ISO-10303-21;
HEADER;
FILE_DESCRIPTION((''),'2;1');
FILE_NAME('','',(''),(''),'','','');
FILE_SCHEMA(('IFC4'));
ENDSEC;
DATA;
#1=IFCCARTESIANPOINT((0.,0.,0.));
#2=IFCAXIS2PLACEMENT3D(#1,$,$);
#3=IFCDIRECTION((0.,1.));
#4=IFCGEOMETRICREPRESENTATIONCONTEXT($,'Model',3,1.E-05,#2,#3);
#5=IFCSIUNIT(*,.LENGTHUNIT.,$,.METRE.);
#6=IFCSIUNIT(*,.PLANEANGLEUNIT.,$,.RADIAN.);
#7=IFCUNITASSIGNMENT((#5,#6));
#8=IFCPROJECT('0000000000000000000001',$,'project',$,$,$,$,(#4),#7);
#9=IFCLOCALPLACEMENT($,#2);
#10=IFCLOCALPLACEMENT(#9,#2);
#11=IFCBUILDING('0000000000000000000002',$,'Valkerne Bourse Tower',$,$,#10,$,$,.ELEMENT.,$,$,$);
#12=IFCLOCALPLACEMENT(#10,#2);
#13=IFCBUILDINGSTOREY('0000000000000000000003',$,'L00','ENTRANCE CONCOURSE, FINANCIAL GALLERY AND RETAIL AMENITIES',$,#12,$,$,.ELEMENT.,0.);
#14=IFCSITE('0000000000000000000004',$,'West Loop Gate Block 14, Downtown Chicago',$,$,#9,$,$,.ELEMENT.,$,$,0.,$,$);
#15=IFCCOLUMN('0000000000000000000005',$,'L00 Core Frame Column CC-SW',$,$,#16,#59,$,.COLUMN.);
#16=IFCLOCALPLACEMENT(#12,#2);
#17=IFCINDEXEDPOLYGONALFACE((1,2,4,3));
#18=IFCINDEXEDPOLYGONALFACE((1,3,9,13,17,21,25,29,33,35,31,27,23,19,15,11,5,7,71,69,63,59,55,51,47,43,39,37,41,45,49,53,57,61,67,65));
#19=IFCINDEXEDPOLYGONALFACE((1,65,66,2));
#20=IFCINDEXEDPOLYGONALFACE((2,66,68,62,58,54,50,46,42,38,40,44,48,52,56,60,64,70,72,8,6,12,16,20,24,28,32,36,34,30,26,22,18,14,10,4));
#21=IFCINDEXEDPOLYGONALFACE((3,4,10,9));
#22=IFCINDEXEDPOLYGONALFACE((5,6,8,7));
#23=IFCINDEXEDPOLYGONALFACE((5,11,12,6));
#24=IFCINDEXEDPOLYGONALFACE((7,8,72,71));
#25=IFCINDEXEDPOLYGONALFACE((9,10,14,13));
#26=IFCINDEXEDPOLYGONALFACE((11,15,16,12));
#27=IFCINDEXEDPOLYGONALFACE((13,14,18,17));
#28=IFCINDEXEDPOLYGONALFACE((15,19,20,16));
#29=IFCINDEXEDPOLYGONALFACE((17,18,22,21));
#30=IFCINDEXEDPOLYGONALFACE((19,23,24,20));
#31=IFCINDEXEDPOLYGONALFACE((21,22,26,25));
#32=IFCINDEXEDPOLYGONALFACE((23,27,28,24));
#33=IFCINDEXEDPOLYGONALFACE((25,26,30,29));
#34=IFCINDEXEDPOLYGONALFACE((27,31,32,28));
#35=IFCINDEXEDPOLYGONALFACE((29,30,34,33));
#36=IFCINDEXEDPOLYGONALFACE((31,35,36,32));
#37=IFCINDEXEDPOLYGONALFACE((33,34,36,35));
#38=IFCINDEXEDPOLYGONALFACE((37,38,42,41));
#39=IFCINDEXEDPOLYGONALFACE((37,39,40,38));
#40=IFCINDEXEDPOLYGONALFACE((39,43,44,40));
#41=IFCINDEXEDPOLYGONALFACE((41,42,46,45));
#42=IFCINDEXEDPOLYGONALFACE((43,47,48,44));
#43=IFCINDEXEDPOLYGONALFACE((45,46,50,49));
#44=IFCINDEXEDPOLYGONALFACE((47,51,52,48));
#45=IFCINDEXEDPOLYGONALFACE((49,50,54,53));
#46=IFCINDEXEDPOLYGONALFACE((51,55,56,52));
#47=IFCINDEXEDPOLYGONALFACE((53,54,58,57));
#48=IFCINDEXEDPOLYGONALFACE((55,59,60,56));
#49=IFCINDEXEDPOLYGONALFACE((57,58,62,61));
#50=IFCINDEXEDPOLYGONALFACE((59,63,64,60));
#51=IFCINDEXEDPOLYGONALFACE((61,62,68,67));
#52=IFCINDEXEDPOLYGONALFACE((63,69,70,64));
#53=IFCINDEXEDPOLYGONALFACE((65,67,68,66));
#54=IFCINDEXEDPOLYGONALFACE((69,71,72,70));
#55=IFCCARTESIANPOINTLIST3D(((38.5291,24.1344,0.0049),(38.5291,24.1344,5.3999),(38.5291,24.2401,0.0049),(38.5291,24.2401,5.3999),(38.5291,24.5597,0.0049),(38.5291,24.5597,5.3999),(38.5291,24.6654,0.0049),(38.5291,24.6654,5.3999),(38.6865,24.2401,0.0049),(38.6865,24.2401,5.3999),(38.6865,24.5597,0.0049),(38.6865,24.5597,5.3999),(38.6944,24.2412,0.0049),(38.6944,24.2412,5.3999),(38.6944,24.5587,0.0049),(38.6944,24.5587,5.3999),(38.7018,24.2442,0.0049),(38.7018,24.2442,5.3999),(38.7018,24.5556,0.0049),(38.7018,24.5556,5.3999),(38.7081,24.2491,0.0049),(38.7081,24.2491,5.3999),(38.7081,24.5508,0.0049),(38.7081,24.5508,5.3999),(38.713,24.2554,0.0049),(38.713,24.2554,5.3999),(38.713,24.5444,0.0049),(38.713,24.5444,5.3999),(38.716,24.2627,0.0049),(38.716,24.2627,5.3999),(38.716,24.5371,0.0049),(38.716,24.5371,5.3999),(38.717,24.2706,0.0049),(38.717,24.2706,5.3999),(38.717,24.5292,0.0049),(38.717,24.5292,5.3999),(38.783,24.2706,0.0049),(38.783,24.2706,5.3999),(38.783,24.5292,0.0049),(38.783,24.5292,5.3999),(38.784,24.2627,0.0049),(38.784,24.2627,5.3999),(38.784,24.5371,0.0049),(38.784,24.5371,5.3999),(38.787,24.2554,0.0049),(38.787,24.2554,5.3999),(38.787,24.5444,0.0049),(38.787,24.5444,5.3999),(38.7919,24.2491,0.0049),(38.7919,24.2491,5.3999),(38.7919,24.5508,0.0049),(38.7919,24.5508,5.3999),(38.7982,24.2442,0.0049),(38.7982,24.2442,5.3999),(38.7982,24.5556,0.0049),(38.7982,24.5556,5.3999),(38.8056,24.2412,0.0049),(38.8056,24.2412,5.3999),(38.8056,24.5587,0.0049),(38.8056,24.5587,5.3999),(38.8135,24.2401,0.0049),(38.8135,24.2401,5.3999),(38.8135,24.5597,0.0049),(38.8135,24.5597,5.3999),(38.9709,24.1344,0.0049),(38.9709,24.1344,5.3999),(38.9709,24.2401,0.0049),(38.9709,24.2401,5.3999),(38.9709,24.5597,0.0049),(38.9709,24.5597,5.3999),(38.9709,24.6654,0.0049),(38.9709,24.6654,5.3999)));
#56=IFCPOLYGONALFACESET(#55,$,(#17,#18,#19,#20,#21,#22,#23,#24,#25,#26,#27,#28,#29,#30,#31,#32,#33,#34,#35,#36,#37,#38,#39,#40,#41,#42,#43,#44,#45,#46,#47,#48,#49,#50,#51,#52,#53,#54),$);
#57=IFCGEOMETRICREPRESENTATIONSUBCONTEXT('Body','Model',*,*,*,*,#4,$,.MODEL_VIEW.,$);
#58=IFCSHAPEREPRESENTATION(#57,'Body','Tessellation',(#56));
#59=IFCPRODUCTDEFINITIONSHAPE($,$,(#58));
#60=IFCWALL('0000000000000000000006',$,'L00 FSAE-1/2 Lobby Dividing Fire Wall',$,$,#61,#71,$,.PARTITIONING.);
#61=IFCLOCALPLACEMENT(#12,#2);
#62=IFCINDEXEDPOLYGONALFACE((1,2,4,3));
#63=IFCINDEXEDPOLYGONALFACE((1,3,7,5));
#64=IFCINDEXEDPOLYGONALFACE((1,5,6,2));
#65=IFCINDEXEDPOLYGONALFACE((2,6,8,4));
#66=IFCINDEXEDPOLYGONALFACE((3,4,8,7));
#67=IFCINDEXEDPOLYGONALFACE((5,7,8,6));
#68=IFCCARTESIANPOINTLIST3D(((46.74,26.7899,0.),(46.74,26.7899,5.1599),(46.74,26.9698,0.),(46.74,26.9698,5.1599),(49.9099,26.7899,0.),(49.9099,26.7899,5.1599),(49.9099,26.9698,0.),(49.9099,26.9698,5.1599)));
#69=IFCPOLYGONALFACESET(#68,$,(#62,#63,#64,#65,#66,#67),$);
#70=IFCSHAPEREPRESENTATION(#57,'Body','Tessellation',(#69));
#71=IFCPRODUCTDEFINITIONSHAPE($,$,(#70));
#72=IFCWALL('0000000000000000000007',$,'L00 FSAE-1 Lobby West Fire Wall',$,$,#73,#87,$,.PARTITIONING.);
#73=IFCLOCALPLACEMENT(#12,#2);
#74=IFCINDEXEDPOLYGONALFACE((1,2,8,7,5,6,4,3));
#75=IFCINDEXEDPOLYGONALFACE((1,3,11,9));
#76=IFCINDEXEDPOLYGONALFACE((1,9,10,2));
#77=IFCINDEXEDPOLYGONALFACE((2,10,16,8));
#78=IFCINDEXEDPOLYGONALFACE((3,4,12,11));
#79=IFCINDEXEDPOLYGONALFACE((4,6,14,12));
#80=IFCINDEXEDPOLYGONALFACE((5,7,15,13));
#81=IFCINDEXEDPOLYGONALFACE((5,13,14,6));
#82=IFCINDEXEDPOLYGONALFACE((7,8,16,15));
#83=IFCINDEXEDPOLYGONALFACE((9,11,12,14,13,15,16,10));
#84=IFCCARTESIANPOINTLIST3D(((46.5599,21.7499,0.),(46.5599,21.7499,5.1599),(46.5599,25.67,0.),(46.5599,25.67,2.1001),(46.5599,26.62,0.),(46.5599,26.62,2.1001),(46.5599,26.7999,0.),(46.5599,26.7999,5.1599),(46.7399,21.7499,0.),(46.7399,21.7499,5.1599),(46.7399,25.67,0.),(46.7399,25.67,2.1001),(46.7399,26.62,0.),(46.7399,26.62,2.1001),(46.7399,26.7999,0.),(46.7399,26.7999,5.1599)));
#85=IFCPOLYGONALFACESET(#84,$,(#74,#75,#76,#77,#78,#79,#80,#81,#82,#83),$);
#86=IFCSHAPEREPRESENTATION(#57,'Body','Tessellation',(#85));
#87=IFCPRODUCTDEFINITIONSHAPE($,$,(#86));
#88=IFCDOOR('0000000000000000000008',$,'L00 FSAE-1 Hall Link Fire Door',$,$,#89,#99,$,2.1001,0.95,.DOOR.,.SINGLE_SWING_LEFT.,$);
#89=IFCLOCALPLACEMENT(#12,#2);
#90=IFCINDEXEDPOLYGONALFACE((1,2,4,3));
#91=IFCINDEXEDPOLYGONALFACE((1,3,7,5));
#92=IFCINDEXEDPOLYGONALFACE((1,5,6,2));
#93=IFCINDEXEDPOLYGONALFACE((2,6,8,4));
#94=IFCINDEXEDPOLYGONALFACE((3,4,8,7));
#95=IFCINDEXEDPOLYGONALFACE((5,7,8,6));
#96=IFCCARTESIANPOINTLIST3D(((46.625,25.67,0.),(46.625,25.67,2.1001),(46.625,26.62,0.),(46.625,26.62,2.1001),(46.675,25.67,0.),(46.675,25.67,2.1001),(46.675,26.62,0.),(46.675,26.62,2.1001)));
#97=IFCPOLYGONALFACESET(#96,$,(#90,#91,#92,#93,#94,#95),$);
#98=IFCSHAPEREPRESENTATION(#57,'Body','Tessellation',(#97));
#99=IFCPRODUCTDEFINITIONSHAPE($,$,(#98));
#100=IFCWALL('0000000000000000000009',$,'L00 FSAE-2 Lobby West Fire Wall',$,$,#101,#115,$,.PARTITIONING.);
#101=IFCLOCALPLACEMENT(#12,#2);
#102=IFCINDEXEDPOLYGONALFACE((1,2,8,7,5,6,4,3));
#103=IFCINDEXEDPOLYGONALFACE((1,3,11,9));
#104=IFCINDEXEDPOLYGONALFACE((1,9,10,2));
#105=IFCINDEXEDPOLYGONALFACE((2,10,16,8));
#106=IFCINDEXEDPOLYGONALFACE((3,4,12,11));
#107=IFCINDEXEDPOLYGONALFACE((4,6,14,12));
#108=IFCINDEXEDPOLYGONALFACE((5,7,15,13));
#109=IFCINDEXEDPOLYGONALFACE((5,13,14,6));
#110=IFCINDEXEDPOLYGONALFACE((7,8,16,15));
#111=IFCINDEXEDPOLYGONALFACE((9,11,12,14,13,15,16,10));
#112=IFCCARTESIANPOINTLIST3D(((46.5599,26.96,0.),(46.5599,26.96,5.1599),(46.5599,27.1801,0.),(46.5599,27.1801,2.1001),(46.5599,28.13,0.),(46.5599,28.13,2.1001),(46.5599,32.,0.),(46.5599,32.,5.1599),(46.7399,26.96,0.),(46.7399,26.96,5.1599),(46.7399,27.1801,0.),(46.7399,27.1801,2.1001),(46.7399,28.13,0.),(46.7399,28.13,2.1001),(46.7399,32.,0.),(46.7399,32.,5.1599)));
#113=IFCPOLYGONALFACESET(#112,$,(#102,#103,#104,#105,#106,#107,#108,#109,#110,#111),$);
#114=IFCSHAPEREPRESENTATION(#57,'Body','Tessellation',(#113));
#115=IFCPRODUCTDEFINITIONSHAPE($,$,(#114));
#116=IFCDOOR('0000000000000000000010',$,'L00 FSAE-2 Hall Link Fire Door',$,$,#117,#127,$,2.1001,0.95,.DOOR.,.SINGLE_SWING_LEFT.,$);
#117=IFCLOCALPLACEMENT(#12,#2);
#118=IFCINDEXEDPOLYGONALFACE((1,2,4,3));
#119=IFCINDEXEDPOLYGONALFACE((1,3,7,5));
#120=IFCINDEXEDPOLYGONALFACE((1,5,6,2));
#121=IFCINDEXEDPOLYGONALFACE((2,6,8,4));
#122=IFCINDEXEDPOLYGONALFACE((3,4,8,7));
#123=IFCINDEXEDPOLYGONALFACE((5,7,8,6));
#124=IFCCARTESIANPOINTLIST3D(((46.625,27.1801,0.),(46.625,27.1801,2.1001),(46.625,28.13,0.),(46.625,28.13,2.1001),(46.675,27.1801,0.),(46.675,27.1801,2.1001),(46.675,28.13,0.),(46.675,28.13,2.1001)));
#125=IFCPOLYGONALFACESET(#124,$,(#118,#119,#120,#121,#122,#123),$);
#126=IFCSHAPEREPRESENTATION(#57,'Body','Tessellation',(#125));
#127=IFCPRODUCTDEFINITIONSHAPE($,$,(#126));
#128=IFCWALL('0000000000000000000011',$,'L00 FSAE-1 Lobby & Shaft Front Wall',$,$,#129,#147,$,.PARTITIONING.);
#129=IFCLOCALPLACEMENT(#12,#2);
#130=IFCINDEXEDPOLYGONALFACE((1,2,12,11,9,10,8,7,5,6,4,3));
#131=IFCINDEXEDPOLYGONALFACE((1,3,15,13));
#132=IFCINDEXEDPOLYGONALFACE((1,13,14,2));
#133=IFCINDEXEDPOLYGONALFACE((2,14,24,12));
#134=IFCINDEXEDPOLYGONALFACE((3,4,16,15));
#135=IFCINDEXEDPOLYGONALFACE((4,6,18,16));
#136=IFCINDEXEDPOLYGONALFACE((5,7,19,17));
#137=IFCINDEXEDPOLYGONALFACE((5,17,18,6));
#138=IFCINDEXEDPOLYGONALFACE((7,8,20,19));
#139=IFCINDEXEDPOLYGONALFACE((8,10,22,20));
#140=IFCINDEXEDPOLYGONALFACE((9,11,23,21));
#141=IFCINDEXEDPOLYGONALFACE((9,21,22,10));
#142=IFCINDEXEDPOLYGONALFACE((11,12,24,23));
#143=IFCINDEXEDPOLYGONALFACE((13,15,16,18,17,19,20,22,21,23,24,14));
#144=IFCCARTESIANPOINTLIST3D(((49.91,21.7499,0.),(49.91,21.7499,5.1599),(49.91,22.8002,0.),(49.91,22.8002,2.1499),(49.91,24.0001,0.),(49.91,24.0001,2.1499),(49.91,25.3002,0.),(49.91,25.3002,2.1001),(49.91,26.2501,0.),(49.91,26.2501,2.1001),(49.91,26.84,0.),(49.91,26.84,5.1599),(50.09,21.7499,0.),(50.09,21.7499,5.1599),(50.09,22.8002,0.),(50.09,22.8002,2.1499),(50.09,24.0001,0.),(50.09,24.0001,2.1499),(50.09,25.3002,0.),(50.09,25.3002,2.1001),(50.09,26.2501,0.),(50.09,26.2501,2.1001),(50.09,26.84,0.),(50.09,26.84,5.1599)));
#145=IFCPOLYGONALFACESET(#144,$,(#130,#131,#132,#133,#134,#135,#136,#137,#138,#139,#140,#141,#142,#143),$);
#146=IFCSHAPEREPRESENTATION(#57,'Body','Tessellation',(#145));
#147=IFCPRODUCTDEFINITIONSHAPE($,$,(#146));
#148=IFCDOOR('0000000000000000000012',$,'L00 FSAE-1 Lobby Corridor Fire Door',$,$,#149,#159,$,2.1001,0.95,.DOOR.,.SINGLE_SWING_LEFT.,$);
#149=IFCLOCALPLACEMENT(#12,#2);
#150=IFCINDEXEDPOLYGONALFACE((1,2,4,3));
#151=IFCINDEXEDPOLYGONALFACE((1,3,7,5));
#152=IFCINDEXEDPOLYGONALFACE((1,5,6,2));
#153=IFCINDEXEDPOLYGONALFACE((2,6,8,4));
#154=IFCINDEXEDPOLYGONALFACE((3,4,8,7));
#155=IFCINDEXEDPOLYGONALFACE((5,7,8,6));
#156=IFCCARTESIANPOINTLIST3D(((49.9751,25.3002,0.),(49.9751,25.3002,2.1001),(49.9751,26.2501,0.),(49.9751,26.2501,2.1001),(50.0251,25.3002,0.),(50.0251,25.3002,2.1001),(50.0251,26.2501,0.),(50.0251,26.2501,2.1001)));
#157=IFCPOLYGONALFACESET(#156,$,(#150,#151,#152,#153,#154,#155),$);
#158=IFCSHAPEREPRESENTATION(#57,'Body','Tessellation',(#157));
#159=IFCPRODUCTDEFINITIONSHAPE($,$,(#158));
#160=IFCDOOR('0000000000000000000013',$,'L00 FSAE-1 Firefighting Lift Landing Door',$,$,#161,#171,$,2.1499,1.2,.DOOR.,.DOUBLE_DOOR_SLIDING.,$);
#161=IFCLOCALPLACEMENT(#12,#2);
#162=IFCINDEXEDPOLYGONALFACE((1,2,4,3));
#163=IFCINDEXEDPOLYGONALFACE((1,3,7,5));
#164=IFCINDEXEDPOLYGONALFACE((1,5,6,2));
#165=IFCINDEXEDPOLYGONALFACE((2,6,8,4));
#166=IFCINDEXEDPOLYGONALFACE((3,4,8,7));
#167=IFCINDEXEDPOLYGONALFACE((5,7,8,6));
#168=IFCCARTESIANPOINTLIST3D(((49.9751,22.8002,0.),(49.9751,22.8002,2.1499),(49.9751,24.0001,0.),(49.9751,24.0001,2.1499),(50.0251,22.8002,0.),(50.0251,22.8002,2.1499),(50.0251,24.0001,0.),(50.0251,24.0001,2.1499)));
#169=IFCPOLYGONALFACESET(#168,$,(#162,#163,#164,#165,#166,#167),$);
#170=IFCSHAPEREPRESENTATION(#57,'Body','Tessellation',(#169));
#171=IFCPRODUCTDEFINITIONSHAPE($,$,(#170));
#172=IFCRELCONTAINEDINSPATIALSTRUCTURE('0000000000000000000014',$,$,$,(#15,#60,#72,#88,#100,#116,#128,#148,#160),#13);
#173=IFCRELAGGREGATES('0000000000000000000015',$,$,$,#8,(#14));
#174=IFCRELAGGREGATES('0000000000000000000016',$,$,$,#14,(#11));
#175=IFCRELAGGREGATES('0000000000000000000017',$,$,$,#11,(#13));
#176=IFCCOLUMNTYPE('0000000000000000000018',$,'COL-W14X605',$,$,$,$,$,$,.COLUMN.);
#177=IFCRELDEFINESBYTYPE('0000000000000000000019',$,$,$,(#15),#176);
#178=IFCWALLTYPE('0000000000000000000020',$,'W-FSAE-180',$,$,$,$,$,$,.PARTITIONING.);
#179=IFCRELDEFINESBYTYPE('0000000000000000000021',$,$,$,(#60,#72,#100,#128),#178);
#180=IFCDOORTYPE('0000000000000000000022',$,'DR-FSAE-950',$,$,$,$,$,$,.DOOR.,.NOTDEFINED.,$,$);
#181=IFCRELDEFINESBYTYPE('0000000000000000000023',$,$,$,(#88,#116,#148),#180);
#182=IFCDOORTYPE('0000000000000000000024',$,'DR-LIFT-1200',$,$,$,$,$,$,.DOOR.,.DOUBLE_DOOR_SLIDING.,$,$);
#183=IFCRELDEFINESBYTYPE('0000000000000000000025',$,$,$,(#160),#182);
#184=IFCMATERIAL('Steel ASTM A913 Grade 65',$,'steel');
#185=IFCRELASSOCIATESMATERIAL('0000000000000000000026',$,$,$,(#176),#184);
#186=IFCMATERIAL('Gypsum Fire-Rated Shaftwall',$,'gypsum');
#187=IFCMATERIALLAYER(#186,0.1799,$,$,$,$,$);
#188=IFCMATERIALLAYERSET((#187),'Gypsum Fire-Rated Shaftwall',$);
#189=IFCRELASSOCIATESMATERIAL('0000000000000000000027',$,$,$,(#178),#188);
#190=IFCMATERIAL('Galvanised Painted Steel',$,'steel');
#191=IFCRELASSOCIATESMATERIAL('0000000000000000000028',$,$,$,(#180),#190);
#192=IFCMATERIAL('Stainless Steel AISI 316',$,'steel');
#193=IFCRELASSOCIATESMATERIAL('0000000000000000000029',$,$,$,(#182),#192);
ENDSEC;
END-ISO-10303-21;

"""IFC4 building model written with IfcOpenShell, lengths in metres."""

from ifc_helpers import new_model, si_unit, direction, frame, frame_2d, origin, origin_2d, place, context, subcontext, project, spatial, rectangle, i_section, extrude, material, layer, layer_set, material_profile, profile_set, type_object, element, fill, save


model = new_model("IFC4")

# Units and contexts
model_context = context("Model", 3, precision=1e-05, world=origin(), true_north=direction((0.0, 1.0)))
body_context = subcontext(model_context, "Body", "Model", "MODEL_VIEW")
ifc_project = project(units=[si_unit("LENGTHUNIT", "METRE"), si_unit("PLANEANGLEUNIT", "RADIAN")], contexts=[model_context])

# Site, building, storey
site_placement = place(None, origin())
site = spatial("IfcSite", under=ifc_project, at=site_placement, Name="West Loop Gate Block 14, Downtown Chicago", CompositionType="ELEMENT", RefElevation=0.0)
building_placement = place(site_placement, origin())
building = spatial("IfcBuilding", under=site, at=building_placement, Name="Valkerne Bourse Tower", CompositionType="ELEMENT")
storey_placement = place(building_placement, origin())
storey = spatial("IfcBuildingStorey", under=building, at=storey_placement, Name="L00", Description="ENTRANCE CONCOURSE, FINANCIAL GALLERY AND RETAIL AMENITIES", CompositionType="ELEMENT", Elevation=0.0)

# Column
ifc_material_1 = material(Name="Steel ASTM A913 Grade 65", Category="steel")
ifc_material_profile = material_profile(ifc_material_1, i_section(OverallWidth=0.4419, OverallDepth=0.531, WebThickness=0.0659, FlangeThickness=0.1057, FilletRadius=0.0305, at=origin_2d()), Name="W14X605")
ifc_profile_set = profile_set([ifc_material_profile], Name="Steel ASTM A913 Grade 65")
column_type = type_object("IfcColumnType", Name="COL-W14X605", PredefinedType="COLUMN", material=ifc_profile_set)
column_placement = place(storey_placement, frame((38.75, 24.3999, 0.0049), z_axis=(0.0, 0.0, 1.0), x_axis=(1.0, 0.0, 0.0)))
element("IfcColumn", 1, at=column_placement, inside=storey, type_object=column_type, Name="L00 Core Frame Column CC-SW", PredefinedType="COLUMN", context=body_context, shape_type="SweptSolid", body=[
    extrude(i_section(OverallWidth=0.4419, OverallDepth=0.531, WebThickness=0.0659, FlangeThickness=0.1057, FilletRadius=0.0305, at=origin_2d()), origin(), (0.0, 0.0, 1.0), 5.395),
])

# Wall
ifc_material_2 = material(Name="Gypsum Fire-Rated Shaftwall", Category="gypsum")
ifc_layer_1 = layer(ifc_material_2, 0.1799)
ifc_layer_set_1 = layer_set([ifc_layer_1], Name="Gypsum Fire-Rated Shaftwall")
wall_type_1 = type_object("IfcWallType", Name="W-FSAE-180", PredefinedType="PARTITIONING", material=ifc_layer_set_1)
wall_1_placement = place(storey_placement, frame((46.74, 26.8799, 0.0), z_axis=(0.0, 0.0, 1.0), x_axis=(1.0, 0.0, 0.0)))
element("IfcWall", 2, at=wall_1_placement, inside=storey, type_object=wall_type_1, Name="L00 FSAE-1/2 Lobby Dividing Fire Wall", PredefinedType="PARTITIONING", context=body_context, shape_type="SweptSolid", body=[
    extrude(rectangle(XDim=3.1699, YDim=0.1799, at=frame_2d((1.585, 0.0))), origin(), (0.0, 0.0, 1.0), 5.1599),
])

# Walls, openings, doors
wall_2_placement = place(storey_placement, frame((46.6499, 21.75, 0.0), z_axis=(0.0, 0.0, 1.0), x_axis=(0.0, 1.0, 0.0)))
wall_2 = element("IfcWall", 3, at=wall_2_placement, inside=storey, type_object=wall_type_1, Name="L00 FSAE-1 Lobby West Fire Wall", PredefinedType="PARTITIONING", context=body_context, shape_type="SweptSolid", body=[
    extrude(rectangle(XDim=5.05, YDim=0.1799, at=frame_2d((2.5249, 0.0))), origin(), (0.0, 0.0, 1.0), 5.1599),
])
opening_1_placement = place(wall_2_placement, frame((3.9199, 0.0, 0.0)))
opening_1 = element("IfcOpeningElement", 4, at=opening_1_placement, cuts=wall_2, PredefinedType="OPENING", context=body_context, shape_type="SweptSolid", body=[
    extrude(rectangle(XDim=0.95, YDim=2.1001, at=frame_2d((0.4751, 1.05))), frame((0.0, 0.0999, 0.0), z_axis=(0.0, -1.0, 0.0), x_axis=(1.0, 0.0, 0.0)), (0.0, 0.0, 1.0), 0.2),
])
ifc_material_3 = material(Name="Galvanised Painted Steel", Category="steel")
door_type_1 = type_object("IfcDoorType", Name="DR-FSAE-950", OperationType="NOTDEFINED", PredefinedType="DOOR", material=ifc_material_3)
door_1_placement = place(opening_1_placement, origin())
door_1 = element("IfcDoor", 5, at=door_1_placement, inside=storey, type_object=door_type_1, Name="L00 FSAE-1 Hall Link Fire Door", OperationType="SINGLE_SWING_LEFT", OverallHeight=2.1001, OverallWidth=0.95, PredefinedType="DOOR", context=body_context, shape_type="SweptSolid", body=[
    extrude(rectangle(XDim=0.95, YDim=2.1001, at=frame_2d((0.4751, 1.05))), frame((0.0, 0.0249, 0.0), z_axis=(0.0, -1.0, 0.0), x_axis=(1.0, 0.0, 0.0)), (0.0, 0.0, 1.0), 0.05),
])
fill(opening_1, door_1)
wall_3_placement = place(storey_placement, frame((46.6499, 26.96, 0.0), z_axis=(0.0, 0.0, 1.0), x_axis=(0.0, 1.0, 0.0)))
wall_3 = element("IfcWall", 6, at=wall_3_placement, inside=storey, type_object=wall_type_1, Name="L00 FSAE-2 Lobby West Fire Wall", PredefinedType="PARTITIONING", context=body_context, shape_type="SweptSolid", body=[
    extrude(rectangle(XDim=5.04, YDim=0.1799, at=frame_2d((2.52, 0.0))), origin(), (0.0, 0.0, 1.0), 5.1599),
])
opening_2_placement = place(wall_3_placement, frame((0.22, 0.0, 0.0)))
opening_2 = element("IfcOpeningElement", 7, at=opening_2_placement, cuts=wall_3, PredefinedType="OPENING", context=body_context, shape_type="SweptSolid", body=[
    extrude(rectangle(XDim=0.95, YDim=2.1001, at=frame_2d((0.4751, 1.05))), frame((0.0, 0.0999, 0.0), z_axis=(0.0, -1.0, 0.0), x_axis=(1.0, 0.0, 0.0)), (0.0, 0.0, 1.0), 0.2),
])
door_2_placement = place(opening_2_placement, origin())
door_2 = element("IfcDoor", 8, at=door_2_placement, inside=storey, type_object=door_type_1, Name="L00 FSAE-2 Hall Link Fire Door", OperationType="SINGLE_SWING_LEFT", OverallHeight=2.1001, OverallWidth=0.95, PredefinedType="DOOR", context=body_context, shape_type="SweptSolid", body=[
    extrude(rectangle(XDim=0.95, YDim=2.1001, at=frame_2d((0.4751, 1.05))), frame((0.0, 0.0249, 0.0), z_axis=(0.0, -1.0, 0.0), x_axis=(1.0, 0.0, 0.0)), (0.0, 0.0, 1.0), 0.05),
])
fill(opening_2, door_2)

# Wall, openings, doors
wall_4_placement = place(storey_placement, frame((50.0, 21.75, 0.0), z_axis=(0.0, 0.0, 1.0), x_axis=(0.0, 1.0, 0.0)))
wall_4 = element("IfcWall", 9, at=wall_4_placement, inside=storey, type_object=wall_type_1, Name="L00 FSAE-1 Lobby & Shaft Front Wall", PredefinedType="PARTITIONING", context=body_context, shape_type="SweptSolid", body=[
    extrude(rectangle(XDim=5.0901, YDim=0.1799, at=frame_2d((2.5449, 0.0))), origin(), (0.0, 0.0, 1.0), 5.1599),
])
opening_3_placement = place(wall_4_placement, frame((1.05, 0.0, 0.0)))
opening_3 = element("IfcOpeningElement", 10, at=opening_3_placement, cuts=wall_4, PredefinedType="OPENING", context=body_context, shape_type="SweptSolid", body=[
    extrude(rectangle(XDim=1.2, YDim=2.1499, at=frame_2d((0.6001, 1.075))), frame((0.0, 0.0999, 0.0), z_axis=(0.0, -1.0, 0.0), x_axis=(1.0, 0.0, 0.0)), (0.0, 0.0, 1.0), 0.2),
])
opening_4_placement = place(wall_4_placement, frame((3.55, 0.0, 0.0)))
opening_4 = element("IfcOpeningElement", 11, at=opening_4_placement, cuts=wall_4, PredefinedType="OPENING", context=body_context, shape_type="SweptSolid", body=[
    extrude(rectangle(XDim=0.95, YDim=2.1001, at=frame_2d((0.4751, 1.05))), frame((0.0, 0.0999, 0.0), z_axis=(0.0, -1.0, 0.0), x_axis=(1.0, 0.0, 0.0)), (0.0, 0.0, 1.0), 0.2),
])
door_3_placement = place(opening_4_placement, origin())
door_3 = element("IfcDoor", 12, at=door_3_placement, inside=storey, type_object=door_type_1, Name="L00 FSAE-1 Lobby Corridor Fire Door", OperationType="SINGLE_SWING_LEFT", OverallHeight=2.1001, OverallWidth=0.95, PredefinedType="DOOR", context=body_context, shape_type="SweptSolid", body=[
    extrude(rectangle(XDim=0.95, YDim=2.1001, at=frame_2d((0.4751, 1.05))), frame((0.0, 0.0249, 0.0), z_axis=(0.0, -1.0, 0.0), x_axis=(1.0, 0.0, 0.0)), (0.0, 0.0, 1.0), 0.05),
])
fill(opening_4, door_3)
ifc_material_4 = material(Name="Stainless Steel AISI 316", Category="steel")
door_type_2 = type_object("IfcDoorType", Name="DR-LIFT-1200", OperationType="DOUBLE_DOOR_SLIDING", PredefinedType="DOOR", material=ifc_material_4)
door_4_placement = place(opening_3_placement, origin())
door_4 = element("IfcDoor", 13, at=door_4_placement, inside=storey, type_object=door_type_2, Name="L00 FSAE-1 Firefighting Lift Landing Door", OperationType="DOUBLE_DOOR_SLIDING", OverallHeight=2.1499, OverallWidth=1.2, PredefinedType="DOOR", context=body_context, shape_type="SweptSolid", body=[
    extrude(rectangle(XDim=1.2, YDim=2.1499, at=frame_2d((0.6001, 1.075))), frame((0.0, 0.0249, 0.0), z_axis=(0.0, -1.0, 0.0), x_axis=(1.0, 0.0, 0.0)), (0.0, 0.0, 1.0), 0.05),
])
fill(opening_3, door_4)

save(model, "model.ifc")
